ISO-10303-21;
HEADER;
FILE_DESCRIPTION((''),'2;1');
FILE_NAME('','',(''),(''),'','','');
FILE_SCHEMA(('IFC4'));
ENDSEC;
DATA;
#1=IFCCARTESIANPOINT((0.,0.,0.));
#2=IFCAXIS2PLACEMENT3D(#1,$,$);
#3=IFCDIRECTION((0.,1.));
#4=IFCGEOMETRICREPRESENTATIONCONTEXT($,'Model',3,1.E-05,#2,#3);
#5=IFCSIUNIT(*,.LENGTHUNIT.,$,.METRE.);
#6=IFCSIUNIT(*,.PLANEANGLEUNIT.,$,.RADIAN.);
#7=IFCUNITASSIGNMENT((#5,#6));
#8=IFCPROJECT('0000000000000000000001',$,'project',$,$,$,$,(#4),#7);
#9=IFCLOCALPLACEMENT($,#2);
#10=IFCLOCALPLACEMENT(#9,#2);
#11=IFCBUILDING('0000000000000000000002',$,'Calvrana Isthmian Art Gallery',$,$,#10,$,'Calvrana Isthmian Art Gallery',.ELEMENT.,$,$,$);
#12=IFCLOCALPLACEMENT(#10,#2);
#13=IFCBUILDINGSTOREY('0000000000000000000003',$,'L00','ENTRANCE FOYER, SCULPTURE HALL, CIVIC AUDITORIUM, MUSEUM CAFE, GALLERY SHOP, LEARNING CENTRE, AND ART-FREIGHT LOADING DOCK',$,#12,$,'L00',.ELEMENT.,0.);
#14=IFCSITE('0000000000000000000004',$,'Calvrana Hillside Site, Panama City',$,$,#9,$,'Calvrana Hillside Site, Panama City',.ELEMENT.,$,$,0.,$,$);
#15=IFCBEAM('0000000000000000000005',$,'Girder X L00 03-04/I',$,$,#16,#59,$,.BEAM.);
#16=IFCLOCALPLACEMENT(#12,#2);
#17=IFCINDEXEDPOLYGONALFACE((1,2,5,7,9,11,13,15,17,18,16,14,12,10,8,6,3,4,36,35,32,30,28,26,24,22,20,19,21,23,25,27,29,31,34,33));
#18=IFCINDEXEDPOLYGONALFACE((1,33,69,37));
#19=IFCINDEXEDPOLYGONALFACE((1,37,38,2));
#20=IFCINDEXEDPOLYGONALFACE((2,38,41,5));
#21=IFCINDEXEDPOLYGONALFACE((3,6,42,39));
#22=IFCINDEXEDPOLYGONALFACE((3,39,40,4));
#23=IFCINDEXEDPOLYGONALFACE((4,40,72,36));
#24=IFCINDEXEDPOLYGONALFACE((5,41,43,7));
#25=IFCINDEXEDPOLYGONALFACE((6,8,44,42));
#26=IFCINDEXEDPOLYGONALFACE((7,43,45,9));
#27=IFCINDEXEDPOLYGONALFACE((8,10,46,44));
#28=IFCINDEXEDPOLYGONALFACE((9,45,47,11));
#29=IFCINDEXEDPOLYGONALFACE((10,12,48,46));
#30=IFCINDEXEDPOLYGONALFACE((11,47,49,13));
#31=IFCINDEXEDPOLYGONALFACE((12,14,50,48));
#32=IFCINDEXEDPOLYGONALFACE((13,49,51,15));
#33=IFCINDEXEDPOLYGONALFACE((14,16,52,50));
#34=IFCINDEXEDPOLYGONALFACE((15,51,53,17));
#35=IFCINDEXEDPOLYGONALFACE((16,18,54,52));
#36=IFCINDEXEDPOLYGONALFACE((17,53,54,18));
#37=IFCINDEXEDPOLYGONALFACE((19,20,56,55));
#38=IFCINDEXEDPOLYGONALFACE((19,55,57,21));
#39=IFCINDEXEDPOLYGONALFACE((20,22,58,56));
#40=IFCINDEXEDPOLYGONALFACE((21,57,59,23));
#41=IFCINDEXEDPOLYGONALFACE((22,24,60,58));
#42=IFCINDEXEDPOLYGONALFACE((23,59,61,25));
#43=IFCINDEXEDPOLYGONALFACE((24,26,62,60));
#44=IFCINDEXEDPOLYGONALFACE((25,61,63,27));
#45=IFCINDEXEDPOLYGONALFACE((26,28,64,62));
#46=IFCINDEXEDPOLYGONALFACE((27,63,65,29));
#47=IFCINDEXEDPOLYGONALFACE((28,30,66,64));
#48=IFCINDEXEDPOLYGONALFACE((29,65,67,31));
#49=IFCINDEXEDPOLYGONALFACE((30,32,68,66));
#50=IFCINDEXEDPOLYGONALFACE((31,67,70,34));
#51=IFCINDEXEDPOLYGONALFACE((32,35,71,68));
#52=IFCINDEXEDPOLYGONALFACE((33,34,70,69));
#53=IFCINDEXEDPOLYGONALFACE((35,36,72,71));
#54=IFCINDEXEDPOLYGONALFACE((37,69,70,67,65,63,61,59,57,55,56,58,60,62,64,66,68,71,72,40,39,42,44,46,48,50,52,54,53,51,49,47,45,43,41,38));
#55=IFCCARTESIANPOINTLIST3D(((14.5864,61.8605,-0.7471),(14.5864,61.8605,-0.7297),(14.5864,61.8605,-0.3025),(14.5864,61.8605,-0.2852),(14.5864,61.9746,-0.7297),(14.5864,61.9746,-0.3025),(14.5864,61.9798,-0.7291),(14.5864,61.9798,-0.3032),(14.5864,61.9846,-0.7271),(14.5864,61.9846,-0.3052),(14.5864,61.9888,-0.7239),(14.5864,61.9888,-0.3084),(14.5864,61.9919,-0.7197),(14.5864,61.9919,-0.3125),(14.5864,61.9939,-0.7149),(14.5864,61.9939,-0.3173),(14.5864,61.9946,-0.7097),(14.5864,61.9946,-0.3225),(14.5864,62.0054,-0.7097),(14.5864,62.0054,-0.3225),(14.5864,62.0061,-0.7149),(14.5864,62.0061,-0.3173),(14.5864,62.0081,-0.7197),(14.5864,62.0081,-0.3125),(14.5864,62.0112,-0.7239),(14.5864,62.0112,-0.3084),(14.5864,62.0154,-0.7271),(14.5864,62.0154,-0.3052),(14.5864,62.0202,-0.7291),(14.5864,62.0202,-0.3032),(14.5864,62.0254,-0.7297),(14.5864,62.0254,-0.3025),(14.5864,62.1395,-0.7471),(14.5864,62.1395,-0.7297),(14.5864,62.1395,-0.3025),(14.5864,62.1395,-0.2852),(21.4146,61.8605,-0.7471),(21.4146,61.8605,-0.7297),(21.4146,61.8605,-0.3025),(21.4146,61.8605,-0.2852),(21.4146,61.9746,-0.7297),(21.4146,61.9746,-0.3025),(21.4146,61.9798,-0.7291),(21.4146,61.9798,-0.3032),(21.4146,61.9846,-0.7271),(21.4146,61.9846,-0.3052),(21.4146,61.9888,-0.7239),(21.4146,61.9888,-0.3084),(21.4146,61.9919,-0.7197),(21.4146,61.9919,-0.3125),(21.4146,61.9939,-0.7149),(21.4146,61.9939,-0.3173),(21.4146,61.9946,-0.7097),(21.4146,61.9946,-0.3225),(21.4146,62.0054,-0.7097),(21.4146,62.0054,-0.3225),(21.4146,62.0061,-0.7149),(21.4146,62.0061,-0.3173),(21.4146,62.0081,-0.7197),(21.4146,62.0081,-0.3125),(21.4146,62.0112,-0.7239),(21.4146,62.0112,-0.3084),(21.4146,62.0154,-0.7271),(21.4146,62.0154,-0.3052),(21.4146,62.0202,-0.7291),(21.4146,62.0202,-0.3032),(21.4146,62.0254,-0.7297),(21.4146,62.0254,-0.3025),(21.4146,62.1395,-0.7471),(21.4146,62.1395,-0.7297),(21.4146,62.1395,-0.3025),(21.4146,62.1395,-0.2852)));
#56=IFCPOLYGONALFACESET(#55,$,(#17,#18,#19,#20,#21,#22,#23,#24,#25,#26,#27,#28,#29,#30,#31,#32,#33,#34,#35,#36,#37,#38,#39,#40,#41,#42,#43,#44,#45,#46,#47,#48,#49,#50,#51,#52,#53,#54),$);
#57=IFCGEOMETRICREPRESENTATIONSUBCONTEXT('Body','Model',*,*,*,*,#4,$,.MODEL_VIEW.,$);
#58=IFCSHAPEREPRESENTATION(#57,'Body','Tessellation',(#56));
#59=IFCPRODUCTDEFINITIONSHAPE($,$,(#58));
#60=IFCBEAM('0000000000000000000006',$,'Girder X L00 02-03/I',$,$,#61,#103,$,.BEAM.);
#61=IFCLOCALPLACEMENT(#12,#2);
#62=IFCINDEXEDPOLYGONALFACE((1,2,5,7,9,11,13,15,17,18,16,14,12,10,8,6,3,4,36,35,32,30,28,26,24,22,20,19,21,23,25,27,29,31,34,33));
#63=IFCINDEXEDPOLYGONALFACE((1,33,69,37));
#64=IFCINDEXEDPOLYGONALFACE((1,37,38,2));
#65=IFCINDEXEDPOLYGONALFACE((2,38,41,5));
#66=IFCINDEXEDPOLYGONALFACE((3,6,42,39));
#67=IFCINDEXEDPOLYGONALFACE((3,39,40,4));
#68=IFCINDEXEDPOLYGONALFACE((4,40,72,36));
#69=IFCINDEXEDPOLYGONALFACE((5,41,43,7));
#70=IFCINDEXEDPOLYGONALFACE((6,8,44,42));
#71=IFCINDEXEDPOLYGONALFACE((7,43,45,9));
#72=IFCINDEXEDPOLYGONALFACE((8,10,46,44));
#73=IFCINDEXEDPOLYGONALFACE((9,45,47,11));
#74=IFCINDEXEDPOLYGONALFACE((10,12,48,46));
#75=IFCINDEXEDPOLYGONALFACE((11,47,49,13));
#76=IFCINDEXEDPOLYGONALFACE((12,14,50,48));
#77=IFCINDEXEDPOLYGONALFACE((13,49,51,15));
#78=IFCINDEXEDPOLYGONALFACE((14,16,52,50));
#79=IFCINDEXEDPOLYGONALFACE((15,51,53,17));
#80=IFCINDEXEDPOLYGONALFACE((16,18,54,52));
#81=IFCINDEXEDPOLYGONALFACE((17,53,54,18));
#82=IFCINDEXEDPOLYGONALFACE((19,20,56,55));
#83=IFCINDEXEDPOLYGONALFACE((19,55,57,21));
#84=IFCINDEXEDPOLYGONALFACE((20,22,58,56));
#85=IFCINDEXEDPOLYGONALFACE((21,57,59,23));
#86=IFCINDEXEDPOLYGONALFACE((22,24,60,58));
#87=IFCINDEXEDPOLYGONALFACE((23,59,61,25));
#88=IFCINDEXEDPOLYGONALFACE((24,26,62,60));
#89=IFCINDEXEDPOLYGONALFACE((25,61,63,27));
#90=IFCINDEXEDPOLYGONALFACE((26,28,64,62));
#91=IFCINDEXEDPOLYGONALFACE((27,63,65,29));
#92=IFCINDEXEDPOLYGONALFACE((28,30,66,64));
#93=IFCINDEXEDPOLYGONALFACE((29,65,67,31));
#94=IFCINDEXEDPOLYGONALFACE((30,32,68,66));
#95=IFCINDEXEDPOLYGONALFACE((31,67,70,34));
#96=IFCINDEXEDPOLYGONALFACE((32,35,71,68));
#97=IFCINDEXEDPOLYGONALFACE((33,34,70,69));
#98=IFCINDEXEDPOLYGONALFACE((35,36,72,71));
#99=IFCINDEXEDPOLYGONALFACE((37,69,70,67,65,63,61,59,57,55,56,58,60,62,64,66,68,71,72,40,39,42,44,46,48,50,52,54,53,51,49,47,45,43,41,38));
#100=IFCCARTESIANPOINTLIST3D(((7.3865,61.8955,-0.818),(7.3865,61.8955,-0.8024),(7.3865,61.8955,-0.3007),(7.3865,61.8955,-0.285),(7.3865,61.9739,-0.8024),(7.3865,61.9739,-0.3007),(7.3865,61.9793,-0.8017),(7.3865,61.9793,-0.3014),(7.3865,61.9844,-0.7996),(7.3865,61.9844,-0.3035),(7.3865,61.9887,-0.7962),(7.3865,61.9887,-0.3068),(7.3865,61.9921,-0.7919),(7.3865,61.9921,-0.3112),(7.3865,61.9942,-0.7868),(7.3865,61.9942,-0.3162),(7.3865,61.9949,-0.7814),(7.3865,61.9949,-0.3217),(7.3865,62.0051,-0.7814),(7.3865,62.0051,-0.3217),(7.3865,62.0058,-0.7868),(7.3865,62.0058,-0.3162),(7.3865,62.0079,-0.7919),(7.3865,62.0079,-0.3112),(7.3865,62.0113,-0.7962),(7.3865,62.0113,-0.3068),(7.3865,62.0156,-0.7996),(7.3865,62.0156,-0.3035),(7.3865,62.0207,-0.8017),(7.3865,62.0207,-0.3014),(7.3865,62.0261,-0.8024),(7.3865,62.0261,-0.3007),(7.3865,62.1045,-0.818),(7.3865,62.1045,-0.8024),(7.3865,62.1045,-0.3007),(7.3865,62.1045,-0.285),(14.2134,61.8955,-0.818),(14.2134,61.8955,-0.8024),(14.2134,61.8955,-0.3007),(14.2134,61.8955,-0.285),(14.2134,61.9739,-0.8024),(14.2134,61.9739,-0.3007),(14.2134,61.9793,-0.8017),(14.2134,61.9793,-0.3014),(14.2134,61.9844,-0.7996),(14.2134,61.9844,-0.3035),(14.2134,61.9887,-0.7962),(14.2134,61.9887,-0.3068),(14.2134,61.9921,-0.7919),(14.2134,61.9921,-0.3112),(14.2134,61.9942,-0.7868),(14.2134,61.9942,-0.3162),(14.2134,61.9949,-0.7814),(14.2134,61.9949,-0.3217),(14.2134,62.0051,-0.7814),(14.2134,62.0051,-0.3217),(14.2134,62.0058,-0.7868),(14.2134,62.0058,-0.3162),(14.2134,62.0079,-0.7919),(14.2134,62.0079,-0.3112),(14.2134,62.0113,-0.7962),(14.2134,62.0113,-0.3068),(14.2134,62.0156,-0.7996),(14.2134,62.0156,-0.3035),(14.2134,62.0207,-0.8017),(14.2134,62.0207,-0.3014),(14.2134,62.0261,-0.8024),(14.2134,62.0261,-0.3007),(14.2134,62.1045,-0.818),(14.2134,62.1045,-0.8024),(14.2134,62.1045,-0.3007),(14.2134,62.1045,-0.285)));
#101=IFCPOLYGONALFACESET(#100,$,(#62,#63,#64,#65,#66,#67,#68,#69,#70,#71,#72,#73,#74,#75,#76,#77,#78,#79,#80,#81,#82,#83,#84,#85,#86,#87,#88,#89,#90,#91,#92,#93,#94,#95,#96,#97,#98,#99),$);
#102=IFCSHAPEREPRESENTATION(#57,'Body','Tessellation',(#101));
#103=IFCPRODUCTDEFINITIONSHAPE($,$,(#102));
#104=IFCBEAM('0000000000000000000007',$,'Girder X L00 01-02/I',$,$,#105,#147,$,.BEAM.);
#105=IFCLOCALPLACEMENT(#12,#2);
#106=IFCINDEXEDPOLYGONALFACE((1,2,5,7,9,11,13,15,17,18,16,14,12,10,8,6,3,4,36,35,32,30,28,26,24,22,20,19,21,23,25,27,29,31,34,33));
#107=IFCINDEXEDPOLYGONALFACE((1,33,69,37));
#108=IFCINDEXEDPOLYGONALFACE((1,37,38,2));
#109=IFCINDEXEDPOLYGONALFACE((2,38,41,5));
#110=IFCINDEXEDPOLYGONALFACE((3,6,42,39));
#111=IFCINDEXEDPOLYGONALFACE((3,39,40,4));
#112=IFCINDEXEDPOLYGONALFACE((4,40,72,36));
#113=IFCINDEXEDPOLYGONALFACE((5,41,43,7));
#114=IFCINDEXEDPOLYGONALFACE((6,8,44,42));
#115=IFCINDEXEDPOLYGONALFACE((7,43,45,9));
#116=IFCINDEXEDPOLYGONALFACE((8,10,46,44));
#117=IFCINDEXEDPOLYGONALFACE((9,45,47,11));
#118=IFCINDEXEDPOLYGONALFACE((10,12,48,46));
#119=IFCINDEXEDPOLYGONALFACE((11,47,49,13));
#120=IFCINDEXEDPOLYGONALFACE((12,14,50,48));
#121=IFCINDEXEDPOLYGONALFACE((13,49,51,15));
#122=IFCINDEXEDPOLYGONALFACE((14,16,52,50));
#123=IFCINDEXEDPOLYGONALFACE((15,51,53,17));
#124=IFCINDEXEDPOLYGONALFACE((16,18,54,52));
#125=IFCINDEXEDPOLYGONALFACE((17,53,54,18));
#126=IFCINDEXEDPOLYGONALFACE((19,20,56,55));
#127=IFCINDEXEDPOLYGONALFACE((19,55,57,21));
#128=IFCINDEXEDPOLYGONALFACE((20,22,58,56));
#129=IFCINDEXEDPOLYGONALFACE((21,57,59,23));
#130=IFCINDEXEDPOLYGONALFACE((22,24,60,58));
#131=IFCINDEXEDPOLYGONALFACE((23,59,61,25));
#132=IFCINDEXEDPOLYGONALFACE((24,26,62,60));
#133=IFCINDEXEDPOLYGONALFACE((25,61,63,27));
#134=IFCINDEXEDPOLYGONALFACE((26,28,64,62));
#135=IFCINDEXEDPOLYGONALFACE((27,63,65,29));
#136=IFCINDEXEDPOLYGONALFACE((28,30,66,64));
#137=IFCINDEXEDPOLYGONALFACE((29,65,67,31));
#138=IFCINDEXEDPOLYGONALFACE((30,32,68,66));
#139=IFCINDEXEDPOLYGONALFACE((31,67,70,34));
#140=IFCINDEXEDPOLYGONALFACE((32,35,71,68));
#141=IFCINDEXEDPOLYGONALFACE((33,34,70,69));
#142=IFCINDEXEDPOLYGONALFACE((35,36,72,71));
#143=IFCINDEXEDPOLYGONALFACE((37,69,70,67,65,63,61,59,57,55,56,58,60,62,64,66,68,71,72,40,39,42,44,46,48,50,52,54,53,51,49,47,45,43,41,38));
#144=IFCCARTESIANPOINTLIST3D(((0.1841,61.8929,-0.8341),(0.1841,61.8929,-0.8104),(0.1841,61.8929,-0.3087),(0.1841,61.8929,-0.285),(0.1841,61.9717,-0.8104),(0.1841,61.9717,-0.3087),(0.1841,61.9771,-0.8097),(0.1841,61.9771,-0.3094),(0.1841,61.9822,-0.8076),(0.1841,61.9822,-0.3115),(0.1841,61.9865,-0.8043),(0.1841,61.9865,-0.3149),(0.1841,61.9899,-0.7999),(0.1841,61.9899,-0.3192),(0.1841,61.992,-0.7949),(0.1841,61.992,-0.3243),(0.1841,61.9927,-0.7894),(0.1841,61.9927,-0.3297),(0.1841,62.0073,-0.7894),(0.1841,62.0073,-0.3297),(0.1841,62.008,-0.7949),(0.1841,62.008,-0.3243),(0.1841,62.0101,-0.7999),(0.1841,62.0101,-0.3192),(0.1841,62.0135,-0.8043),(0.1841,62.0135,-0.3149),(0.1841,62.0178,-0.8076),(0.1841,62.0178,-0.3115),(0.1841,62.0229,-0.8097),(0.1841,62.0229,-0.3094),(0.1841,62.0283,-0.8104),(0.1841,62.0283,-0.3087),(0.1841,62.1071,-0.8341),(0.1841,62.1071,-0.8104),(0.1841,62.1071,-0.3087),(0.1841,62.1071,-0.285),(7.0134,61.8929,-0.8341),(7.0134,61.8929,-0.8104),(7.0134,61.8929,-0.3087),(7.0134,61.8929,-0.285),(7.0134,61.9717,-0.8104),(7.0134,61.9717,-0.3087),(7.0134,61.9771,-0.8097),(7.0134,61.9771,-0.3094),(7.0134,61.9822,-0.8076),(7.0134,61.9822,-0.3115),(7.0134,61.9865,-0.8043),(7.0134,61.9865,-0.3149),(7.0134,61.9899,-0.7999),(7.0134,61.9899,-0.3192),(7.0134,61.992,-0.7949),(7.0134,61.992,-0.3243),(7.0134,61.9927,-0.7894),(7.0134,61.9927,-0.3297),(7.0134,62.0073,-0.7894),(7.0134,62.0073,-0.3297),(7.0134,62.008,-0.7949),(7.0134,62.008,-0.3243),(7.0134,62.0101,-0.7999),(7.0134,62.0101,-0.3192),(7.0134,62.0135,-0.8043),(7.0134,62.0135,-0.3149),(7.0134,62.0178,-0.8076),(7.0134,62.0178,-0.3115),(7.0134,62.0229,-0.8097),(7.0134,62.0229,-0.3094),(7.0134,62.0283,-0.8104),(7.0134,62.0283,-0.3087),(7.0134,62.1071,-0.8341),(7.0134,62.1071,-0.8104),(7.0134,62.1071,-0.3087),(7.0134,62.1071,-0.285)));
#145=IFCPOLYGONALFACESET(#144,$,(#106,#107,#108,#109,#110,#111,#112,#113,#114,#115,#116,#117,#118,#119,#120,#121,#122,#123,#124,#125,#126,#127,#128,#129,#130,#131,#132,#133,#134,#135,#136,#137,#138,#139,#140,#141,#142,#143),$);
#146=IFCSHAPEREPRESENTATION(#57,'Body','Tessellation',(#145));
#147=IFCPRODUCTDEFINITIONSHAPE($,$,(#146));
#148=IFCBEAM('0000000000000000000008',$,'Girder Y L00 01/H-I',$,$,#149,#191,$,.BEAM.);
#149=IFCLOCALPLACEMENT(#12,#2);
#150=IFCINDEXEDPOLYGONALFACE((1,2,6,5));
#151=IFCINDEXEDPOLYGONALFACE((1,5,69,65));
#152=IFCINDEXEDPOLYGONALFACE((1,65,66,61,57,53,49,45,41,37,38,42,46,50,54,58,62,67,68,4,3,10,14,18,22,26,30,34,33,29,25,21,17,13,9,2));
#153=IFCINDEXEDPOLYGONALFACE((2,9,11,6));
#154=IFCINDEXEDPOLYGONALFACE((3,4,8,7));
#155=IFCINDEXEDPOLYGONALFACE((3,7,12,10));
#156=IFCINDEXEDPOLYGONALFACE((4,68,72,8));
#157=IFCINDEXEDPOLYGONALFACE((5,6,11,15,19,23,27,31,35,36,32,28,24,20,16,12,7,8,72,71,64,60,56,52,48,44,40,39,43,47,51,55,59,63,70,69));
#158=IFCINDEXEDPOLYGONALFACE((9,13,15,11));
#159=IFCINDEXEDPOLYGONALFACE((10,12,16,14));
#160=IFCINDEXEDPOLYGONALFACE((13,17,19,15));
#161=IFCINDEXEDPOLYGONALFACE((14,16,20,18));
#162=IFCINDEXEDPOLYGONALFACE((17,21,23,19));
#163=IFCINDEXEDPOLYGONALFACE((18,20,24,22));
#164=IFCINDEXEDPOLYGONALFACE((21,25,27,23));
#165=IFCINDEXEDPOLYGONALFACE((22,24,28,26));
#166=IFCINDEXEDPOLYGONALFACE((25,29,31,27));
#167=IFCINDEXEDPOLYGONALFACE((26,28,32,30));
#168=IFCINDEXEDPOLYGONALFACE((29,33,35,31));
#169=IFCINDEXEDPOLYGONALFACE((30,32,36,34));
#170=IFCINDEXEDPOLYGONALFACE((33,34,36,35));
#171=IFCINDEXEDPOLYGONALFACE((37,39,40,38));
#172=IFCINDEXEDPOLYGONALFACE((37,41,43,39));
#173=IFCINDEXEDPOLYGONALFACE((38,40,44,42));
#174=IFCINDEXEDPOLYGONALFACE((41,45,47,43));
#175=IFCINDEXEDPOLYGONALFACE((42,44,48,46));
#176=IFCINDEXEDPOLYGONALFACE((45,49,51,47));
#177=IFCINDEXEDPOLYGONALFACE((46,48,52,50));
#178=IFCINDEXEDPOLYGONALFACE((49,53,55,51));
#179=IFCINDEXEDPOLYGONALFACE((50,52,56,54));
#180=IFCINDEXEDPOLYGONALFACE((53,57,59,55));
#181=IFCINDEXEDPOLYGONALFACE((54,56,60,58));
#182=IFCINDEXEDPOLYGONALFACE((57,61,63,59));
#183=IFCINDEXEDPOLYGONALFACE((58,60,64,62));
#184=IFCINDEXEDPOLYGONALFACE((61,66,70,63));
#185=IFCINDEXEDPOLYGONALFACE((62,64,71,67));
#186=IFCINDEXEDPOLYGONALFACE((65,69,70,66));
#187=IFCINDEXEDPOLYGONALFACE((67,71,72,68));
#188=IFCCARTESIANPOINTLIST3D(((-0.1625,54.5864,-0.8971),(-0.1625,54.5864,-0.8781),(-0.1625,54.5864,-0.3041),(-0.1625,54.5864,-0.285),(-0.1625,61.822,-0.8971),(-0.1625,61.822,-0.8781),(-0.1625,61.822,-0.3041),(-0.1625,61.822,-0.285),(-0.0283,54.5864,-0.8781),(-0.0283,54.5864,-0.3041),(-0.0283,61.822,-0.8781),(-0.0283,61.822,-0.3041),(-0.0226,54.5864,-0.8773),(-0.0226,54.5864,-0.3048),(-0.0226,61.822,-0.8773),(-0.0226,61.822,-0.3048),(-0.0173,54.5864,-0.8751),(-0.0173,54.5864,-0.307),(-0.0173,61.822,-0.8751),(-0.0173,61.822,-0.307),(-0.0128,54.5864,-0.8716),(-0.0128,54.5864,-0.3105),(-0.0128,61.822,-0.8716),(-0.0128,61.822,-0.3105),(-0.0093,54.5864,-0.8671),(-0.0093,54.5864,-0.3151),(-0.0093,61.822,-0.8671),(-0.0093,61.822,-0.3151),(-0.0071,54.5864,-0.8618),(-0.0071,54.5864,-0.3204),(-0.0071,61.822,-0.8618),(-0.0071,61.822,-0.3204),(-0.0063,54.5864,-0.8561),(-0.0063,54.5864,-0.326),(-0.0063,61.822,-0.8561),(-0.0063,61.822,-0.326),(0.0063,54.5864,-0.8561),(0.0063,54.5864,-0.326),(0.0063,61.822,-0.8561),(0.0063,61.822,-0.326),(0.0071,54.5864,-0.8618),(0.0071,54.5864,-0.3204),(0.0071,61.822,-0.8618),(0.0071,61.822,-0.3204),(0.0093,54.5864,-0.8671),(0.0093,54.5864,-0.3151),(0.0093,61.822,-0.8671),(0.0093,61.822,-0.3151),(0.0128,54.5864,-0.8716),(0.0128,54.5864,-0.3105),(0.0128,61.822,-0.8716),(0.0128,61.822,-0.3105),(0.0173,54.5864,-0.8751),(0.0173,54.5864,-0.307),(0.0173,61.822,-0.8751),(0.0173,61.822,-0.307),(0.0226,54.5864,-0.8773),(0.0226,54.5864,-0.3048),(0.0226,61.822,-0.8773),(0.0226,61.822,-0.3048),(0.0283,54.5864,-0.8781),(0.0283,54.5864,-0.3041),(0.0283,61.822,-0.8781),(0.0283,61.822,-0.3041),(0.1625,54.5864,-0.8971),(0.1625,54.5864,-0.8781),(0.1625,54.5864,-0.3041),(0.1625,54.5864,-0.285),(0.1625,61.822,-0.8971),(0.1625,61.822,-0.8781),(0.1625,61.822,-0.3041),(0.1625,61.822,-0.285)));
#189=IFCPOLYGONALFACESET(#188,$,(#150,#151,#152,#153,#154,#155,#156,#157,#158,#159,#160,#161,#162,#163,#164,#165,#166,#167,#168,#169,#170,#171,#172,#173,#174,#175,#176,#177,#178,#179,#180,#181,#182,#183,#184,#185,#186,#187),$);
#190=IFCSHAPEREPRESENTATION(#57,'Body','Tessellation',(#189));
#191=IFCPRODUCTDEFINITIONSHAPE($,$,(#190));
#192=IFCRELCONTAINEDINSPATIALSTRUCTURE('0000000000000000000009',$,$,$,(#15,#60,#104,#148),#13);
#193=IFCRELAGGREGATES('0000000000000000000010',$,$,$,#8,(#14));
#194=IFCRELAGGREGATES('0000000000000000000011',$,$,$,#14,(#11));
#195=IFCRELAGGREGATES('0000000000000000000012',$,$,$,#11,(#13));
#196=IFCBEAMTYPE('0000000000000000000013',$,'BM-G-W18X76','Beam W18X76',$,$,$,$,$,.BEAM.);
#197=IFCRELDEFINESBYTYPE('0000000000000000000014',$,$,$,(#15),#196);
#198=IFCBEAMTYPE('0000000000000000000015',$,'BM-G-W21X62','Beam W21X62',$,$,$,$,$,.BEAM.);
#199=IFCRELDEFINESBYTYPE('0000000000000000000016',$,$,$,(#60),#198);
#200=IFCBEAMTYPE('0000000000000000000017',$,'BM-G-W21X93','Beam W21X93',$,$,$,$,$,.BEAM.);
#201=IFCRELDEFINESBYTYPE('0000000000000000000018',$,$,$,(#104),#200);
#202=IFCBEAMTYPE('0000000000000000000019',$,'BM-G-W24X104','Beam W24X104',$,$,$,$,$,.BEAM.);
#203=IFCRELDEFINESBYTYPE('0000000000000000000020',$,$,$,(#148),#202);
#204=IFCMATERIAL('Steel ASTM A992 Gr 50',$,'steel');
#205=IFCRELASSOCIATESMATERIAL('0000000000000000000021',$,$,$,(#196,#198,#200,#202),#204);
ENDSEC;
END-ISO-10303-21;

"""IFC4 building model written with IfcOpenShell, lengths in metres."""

from ifc_helpers import new_model, si_unit, direction, frame, origin, origin_2d, place, context, subcontext, project, spatial, i_section, extrude, material, material_profile, profile_set, type_object, element, save


model = new_model("IFC4")

# Units and contexts
model_context = context("Model", 3, precision=1e-05, world=origin(), true_north=direction((0.0, 1.0)))
body_context = subcontext(model_context, "Body", "Model", "MODEL_VIEW")
ifc_project = project(units=[si_unit("LENGTHUNIT", "METRE"), si_unit("PLANEANGLEUNIT", "RADIAN")], contexts=[model_context])

# Site, building, storey
site_placement = place(None, origin())
site = spatial("IfcSite", under=ifc_project, at=site_placement, Name="Calvrana Hillside Site, Panama City", LongName="Calvrana Hillside Site, Panama City", CompositionType="ELEMENT", RefElevation=0.0)
building_placement = place(site_placement, origin())
building = spatial("IfcBuilding", under=site, at=building_placement, Name="Calvrana Isthmian Art Gallery", LongName="Calvrana Isthmian Art Gallery", CompositionType="ELEMENT")
storey_placement = place(building_placement, origin())
storey = spatial("IfcBuildingStorey", under=building, at=storey_placement, Name="L00", Description="ENTRANCE FOYER, SCULPTURE HALL, CIVIC AUDITORIUM, MUSEUM CAFE, GALLERY SHOP, LEARNING CENTRE, AND ART-FREIGHT LOADING DOCK", LongName="L00", CompositionType="ELEMENT", Elevation=0.0)

# Shared definitions
ifc_material_1 = material(Name="Steel ASTM A992 Gr 50", Category="steel")

# Beams
ifc_material_profile_1 = material_profile(ifc_material_1, i_section(OverallWidth=0.2791, OverallDepth=0.4619, WebThickness=0.0107, FlangeThickness=0.0173, FilletRadius=0.02, at=origin_2d()), Name="W18X76")
ifc_profile_set_1 = profile_set([ifc_material_profile_1], Name="Steel ASTM A992 Gr 50")
beam_type_1 = type_object("IfcBeamType", Name="BM-G-W18X76", Description="Beam W18X76", PredefinedType="BEAM", material=ifc_profile_set_1)
beam_1_placement = place(storey_placement, frame((14.5864, 62.0, -0.5161), z_axis=(1.0, 0.0, 0.0), x_axis=(0.0, 1.0, 0.0)))
element("IfcBeam", 1, at=beam_1_placement, inside=storey, type_object=beam_type_1, Name="Girder X L00 03-04/I", PredefinedType="BEAM", context=body_context, shape_type="SweptSolid", body=[
    extrude(i_section(OverallWidth=0.2791, OverallDepth=0.4619, WebThickness=0.0107, FlangeThickness=0.0173, FilletRadius=0.02, at=origin_2d()), origin(), (0.0, 0.0, 1.0), 6.8281),
])
ifc_material_profile_2 = material_profile(ifc_material_1, i_section(OverallWidth=0.209, OverallDepth=0.533, WebThickness=0.0103, FlangeThickness=0.0156, FilletRadius=0.021, at=origin_2d()), Name="W21X62")
ifc_profile_set_2 = profile_set([ifc_material_profile_2], Name="Steel ASTM A992 Gr 50")
beam_type_2 = type_object("IfcBeamType", Name="BM-G-W21X62", Description="Beam W21X62", PredefinedType="BEAM", material=ifc_profile_set_2)
beam_2_placement = place(storey_placement, frame((7.3865, 62.0, -0.5515), z_axis=(1.0, 0.0, 0.0), x_axis=(0.0, 1.0, 0.0)))
element("IfcBeam", 2, at=beam_2_placement, inside=storey, type_object=beam_type_2, Name="Girder X L00 02-03/I", PredefinedType="BEAM", context=body_context, shape_type="SweptSolid", body=[
    extrude(i_section(OverallWidth=0.209, OverallDepth=0.533, WebThickness=0.0103, FlangeThickness=0.0156, FilletRadius=0.021, at=origin_2d()), origin(), (0.0, 0.0, 1.0), 6.8269),
])
ifc_material_profile_3 = material_profile(ifc_material_1, i_section(OverallWidth=0.2141, OverallDepth=0.5491, WebThickness=0.0146, FlangeThickness=0.0237, FilletRadius=0.021, at=origin_2d()), Name="W21X93")
ifc_profile_set_3 = profile_set([ifc_material_profile_3], Name="Steel ASTM A992 Gr 50")
beam_type_3 = type_object("IfcBeamType", Name="BM-G-W21X93", Description="Beam W21X93", PredefinedType="BEAM", material=ifc_profile_set_3)
beam_3_placement = place(storey_placement, frame((0.1841, 62.0, -0.5596), z_axis=(1.0, 0.0, 0.0), x_axis=(0.0, 1.0, 0.0)))
element("IfcBeam", 3, at=beam_3_placement, inside=storey, type_object=beam_type_3, Name="Girder X L00 01-02/I", PredefinedType="BEAM", context=body_context, shape_type="SweptSolid", body=[
    extrude(i_section(OverallWidth=0.2141, OverallDepth=0.5491, WebThickness=0.0146, FlangeThickness=0.0237, FilletRadius=0.021, at=origin_2d()), origin(), (0.0, 0.0, 1.0), 6.8293),
])
ifc_material_profile_4 = material_profile(ifc_material_1, i_section(OverallWidth=0.325, OverallDepth=0.6121, WebThickness=0.0127, FlangeThickness=0.019, FilletRadius=0.022, at=origin_2d()), Name="W24X104")
ifc_profile_set_4 = profile_set([ifc_material_profile_4], Name="Steel ASTM A992 Gr 50")
beam_type_4 = type_object("IfcBeamType", Name="BM-G-W24X104", Description="Beam W24X104", PredefinedType="BEAM", material=ifc_profile_set_4)
beam_4_placement = place(storey_placement, frame((0.0, 54.5864, -0.5911), z_axis=(0.0, 1.0, 0.0), x_axis=(-1.0, 0.0, 0.0)))
element("IfcBeam", 4, at=beam_4_placement, inside=storey, type_object=beam_type_4, Name="Girder Y L00 01/H-I", PredefinedType="BEAM", context=body_context, shape_type="SweptSolid", body=[
    extrude(i_section(OverallWidth=0.325, OverallDepth=0.6121, WebThickness=0.0127, FlangeThickness=0.019, FilletRadius=0.022, at=origin_2d()), origin(), (0.0, 0.0, 1.0), 7.2356),
])

save(model, "model.ifc")
